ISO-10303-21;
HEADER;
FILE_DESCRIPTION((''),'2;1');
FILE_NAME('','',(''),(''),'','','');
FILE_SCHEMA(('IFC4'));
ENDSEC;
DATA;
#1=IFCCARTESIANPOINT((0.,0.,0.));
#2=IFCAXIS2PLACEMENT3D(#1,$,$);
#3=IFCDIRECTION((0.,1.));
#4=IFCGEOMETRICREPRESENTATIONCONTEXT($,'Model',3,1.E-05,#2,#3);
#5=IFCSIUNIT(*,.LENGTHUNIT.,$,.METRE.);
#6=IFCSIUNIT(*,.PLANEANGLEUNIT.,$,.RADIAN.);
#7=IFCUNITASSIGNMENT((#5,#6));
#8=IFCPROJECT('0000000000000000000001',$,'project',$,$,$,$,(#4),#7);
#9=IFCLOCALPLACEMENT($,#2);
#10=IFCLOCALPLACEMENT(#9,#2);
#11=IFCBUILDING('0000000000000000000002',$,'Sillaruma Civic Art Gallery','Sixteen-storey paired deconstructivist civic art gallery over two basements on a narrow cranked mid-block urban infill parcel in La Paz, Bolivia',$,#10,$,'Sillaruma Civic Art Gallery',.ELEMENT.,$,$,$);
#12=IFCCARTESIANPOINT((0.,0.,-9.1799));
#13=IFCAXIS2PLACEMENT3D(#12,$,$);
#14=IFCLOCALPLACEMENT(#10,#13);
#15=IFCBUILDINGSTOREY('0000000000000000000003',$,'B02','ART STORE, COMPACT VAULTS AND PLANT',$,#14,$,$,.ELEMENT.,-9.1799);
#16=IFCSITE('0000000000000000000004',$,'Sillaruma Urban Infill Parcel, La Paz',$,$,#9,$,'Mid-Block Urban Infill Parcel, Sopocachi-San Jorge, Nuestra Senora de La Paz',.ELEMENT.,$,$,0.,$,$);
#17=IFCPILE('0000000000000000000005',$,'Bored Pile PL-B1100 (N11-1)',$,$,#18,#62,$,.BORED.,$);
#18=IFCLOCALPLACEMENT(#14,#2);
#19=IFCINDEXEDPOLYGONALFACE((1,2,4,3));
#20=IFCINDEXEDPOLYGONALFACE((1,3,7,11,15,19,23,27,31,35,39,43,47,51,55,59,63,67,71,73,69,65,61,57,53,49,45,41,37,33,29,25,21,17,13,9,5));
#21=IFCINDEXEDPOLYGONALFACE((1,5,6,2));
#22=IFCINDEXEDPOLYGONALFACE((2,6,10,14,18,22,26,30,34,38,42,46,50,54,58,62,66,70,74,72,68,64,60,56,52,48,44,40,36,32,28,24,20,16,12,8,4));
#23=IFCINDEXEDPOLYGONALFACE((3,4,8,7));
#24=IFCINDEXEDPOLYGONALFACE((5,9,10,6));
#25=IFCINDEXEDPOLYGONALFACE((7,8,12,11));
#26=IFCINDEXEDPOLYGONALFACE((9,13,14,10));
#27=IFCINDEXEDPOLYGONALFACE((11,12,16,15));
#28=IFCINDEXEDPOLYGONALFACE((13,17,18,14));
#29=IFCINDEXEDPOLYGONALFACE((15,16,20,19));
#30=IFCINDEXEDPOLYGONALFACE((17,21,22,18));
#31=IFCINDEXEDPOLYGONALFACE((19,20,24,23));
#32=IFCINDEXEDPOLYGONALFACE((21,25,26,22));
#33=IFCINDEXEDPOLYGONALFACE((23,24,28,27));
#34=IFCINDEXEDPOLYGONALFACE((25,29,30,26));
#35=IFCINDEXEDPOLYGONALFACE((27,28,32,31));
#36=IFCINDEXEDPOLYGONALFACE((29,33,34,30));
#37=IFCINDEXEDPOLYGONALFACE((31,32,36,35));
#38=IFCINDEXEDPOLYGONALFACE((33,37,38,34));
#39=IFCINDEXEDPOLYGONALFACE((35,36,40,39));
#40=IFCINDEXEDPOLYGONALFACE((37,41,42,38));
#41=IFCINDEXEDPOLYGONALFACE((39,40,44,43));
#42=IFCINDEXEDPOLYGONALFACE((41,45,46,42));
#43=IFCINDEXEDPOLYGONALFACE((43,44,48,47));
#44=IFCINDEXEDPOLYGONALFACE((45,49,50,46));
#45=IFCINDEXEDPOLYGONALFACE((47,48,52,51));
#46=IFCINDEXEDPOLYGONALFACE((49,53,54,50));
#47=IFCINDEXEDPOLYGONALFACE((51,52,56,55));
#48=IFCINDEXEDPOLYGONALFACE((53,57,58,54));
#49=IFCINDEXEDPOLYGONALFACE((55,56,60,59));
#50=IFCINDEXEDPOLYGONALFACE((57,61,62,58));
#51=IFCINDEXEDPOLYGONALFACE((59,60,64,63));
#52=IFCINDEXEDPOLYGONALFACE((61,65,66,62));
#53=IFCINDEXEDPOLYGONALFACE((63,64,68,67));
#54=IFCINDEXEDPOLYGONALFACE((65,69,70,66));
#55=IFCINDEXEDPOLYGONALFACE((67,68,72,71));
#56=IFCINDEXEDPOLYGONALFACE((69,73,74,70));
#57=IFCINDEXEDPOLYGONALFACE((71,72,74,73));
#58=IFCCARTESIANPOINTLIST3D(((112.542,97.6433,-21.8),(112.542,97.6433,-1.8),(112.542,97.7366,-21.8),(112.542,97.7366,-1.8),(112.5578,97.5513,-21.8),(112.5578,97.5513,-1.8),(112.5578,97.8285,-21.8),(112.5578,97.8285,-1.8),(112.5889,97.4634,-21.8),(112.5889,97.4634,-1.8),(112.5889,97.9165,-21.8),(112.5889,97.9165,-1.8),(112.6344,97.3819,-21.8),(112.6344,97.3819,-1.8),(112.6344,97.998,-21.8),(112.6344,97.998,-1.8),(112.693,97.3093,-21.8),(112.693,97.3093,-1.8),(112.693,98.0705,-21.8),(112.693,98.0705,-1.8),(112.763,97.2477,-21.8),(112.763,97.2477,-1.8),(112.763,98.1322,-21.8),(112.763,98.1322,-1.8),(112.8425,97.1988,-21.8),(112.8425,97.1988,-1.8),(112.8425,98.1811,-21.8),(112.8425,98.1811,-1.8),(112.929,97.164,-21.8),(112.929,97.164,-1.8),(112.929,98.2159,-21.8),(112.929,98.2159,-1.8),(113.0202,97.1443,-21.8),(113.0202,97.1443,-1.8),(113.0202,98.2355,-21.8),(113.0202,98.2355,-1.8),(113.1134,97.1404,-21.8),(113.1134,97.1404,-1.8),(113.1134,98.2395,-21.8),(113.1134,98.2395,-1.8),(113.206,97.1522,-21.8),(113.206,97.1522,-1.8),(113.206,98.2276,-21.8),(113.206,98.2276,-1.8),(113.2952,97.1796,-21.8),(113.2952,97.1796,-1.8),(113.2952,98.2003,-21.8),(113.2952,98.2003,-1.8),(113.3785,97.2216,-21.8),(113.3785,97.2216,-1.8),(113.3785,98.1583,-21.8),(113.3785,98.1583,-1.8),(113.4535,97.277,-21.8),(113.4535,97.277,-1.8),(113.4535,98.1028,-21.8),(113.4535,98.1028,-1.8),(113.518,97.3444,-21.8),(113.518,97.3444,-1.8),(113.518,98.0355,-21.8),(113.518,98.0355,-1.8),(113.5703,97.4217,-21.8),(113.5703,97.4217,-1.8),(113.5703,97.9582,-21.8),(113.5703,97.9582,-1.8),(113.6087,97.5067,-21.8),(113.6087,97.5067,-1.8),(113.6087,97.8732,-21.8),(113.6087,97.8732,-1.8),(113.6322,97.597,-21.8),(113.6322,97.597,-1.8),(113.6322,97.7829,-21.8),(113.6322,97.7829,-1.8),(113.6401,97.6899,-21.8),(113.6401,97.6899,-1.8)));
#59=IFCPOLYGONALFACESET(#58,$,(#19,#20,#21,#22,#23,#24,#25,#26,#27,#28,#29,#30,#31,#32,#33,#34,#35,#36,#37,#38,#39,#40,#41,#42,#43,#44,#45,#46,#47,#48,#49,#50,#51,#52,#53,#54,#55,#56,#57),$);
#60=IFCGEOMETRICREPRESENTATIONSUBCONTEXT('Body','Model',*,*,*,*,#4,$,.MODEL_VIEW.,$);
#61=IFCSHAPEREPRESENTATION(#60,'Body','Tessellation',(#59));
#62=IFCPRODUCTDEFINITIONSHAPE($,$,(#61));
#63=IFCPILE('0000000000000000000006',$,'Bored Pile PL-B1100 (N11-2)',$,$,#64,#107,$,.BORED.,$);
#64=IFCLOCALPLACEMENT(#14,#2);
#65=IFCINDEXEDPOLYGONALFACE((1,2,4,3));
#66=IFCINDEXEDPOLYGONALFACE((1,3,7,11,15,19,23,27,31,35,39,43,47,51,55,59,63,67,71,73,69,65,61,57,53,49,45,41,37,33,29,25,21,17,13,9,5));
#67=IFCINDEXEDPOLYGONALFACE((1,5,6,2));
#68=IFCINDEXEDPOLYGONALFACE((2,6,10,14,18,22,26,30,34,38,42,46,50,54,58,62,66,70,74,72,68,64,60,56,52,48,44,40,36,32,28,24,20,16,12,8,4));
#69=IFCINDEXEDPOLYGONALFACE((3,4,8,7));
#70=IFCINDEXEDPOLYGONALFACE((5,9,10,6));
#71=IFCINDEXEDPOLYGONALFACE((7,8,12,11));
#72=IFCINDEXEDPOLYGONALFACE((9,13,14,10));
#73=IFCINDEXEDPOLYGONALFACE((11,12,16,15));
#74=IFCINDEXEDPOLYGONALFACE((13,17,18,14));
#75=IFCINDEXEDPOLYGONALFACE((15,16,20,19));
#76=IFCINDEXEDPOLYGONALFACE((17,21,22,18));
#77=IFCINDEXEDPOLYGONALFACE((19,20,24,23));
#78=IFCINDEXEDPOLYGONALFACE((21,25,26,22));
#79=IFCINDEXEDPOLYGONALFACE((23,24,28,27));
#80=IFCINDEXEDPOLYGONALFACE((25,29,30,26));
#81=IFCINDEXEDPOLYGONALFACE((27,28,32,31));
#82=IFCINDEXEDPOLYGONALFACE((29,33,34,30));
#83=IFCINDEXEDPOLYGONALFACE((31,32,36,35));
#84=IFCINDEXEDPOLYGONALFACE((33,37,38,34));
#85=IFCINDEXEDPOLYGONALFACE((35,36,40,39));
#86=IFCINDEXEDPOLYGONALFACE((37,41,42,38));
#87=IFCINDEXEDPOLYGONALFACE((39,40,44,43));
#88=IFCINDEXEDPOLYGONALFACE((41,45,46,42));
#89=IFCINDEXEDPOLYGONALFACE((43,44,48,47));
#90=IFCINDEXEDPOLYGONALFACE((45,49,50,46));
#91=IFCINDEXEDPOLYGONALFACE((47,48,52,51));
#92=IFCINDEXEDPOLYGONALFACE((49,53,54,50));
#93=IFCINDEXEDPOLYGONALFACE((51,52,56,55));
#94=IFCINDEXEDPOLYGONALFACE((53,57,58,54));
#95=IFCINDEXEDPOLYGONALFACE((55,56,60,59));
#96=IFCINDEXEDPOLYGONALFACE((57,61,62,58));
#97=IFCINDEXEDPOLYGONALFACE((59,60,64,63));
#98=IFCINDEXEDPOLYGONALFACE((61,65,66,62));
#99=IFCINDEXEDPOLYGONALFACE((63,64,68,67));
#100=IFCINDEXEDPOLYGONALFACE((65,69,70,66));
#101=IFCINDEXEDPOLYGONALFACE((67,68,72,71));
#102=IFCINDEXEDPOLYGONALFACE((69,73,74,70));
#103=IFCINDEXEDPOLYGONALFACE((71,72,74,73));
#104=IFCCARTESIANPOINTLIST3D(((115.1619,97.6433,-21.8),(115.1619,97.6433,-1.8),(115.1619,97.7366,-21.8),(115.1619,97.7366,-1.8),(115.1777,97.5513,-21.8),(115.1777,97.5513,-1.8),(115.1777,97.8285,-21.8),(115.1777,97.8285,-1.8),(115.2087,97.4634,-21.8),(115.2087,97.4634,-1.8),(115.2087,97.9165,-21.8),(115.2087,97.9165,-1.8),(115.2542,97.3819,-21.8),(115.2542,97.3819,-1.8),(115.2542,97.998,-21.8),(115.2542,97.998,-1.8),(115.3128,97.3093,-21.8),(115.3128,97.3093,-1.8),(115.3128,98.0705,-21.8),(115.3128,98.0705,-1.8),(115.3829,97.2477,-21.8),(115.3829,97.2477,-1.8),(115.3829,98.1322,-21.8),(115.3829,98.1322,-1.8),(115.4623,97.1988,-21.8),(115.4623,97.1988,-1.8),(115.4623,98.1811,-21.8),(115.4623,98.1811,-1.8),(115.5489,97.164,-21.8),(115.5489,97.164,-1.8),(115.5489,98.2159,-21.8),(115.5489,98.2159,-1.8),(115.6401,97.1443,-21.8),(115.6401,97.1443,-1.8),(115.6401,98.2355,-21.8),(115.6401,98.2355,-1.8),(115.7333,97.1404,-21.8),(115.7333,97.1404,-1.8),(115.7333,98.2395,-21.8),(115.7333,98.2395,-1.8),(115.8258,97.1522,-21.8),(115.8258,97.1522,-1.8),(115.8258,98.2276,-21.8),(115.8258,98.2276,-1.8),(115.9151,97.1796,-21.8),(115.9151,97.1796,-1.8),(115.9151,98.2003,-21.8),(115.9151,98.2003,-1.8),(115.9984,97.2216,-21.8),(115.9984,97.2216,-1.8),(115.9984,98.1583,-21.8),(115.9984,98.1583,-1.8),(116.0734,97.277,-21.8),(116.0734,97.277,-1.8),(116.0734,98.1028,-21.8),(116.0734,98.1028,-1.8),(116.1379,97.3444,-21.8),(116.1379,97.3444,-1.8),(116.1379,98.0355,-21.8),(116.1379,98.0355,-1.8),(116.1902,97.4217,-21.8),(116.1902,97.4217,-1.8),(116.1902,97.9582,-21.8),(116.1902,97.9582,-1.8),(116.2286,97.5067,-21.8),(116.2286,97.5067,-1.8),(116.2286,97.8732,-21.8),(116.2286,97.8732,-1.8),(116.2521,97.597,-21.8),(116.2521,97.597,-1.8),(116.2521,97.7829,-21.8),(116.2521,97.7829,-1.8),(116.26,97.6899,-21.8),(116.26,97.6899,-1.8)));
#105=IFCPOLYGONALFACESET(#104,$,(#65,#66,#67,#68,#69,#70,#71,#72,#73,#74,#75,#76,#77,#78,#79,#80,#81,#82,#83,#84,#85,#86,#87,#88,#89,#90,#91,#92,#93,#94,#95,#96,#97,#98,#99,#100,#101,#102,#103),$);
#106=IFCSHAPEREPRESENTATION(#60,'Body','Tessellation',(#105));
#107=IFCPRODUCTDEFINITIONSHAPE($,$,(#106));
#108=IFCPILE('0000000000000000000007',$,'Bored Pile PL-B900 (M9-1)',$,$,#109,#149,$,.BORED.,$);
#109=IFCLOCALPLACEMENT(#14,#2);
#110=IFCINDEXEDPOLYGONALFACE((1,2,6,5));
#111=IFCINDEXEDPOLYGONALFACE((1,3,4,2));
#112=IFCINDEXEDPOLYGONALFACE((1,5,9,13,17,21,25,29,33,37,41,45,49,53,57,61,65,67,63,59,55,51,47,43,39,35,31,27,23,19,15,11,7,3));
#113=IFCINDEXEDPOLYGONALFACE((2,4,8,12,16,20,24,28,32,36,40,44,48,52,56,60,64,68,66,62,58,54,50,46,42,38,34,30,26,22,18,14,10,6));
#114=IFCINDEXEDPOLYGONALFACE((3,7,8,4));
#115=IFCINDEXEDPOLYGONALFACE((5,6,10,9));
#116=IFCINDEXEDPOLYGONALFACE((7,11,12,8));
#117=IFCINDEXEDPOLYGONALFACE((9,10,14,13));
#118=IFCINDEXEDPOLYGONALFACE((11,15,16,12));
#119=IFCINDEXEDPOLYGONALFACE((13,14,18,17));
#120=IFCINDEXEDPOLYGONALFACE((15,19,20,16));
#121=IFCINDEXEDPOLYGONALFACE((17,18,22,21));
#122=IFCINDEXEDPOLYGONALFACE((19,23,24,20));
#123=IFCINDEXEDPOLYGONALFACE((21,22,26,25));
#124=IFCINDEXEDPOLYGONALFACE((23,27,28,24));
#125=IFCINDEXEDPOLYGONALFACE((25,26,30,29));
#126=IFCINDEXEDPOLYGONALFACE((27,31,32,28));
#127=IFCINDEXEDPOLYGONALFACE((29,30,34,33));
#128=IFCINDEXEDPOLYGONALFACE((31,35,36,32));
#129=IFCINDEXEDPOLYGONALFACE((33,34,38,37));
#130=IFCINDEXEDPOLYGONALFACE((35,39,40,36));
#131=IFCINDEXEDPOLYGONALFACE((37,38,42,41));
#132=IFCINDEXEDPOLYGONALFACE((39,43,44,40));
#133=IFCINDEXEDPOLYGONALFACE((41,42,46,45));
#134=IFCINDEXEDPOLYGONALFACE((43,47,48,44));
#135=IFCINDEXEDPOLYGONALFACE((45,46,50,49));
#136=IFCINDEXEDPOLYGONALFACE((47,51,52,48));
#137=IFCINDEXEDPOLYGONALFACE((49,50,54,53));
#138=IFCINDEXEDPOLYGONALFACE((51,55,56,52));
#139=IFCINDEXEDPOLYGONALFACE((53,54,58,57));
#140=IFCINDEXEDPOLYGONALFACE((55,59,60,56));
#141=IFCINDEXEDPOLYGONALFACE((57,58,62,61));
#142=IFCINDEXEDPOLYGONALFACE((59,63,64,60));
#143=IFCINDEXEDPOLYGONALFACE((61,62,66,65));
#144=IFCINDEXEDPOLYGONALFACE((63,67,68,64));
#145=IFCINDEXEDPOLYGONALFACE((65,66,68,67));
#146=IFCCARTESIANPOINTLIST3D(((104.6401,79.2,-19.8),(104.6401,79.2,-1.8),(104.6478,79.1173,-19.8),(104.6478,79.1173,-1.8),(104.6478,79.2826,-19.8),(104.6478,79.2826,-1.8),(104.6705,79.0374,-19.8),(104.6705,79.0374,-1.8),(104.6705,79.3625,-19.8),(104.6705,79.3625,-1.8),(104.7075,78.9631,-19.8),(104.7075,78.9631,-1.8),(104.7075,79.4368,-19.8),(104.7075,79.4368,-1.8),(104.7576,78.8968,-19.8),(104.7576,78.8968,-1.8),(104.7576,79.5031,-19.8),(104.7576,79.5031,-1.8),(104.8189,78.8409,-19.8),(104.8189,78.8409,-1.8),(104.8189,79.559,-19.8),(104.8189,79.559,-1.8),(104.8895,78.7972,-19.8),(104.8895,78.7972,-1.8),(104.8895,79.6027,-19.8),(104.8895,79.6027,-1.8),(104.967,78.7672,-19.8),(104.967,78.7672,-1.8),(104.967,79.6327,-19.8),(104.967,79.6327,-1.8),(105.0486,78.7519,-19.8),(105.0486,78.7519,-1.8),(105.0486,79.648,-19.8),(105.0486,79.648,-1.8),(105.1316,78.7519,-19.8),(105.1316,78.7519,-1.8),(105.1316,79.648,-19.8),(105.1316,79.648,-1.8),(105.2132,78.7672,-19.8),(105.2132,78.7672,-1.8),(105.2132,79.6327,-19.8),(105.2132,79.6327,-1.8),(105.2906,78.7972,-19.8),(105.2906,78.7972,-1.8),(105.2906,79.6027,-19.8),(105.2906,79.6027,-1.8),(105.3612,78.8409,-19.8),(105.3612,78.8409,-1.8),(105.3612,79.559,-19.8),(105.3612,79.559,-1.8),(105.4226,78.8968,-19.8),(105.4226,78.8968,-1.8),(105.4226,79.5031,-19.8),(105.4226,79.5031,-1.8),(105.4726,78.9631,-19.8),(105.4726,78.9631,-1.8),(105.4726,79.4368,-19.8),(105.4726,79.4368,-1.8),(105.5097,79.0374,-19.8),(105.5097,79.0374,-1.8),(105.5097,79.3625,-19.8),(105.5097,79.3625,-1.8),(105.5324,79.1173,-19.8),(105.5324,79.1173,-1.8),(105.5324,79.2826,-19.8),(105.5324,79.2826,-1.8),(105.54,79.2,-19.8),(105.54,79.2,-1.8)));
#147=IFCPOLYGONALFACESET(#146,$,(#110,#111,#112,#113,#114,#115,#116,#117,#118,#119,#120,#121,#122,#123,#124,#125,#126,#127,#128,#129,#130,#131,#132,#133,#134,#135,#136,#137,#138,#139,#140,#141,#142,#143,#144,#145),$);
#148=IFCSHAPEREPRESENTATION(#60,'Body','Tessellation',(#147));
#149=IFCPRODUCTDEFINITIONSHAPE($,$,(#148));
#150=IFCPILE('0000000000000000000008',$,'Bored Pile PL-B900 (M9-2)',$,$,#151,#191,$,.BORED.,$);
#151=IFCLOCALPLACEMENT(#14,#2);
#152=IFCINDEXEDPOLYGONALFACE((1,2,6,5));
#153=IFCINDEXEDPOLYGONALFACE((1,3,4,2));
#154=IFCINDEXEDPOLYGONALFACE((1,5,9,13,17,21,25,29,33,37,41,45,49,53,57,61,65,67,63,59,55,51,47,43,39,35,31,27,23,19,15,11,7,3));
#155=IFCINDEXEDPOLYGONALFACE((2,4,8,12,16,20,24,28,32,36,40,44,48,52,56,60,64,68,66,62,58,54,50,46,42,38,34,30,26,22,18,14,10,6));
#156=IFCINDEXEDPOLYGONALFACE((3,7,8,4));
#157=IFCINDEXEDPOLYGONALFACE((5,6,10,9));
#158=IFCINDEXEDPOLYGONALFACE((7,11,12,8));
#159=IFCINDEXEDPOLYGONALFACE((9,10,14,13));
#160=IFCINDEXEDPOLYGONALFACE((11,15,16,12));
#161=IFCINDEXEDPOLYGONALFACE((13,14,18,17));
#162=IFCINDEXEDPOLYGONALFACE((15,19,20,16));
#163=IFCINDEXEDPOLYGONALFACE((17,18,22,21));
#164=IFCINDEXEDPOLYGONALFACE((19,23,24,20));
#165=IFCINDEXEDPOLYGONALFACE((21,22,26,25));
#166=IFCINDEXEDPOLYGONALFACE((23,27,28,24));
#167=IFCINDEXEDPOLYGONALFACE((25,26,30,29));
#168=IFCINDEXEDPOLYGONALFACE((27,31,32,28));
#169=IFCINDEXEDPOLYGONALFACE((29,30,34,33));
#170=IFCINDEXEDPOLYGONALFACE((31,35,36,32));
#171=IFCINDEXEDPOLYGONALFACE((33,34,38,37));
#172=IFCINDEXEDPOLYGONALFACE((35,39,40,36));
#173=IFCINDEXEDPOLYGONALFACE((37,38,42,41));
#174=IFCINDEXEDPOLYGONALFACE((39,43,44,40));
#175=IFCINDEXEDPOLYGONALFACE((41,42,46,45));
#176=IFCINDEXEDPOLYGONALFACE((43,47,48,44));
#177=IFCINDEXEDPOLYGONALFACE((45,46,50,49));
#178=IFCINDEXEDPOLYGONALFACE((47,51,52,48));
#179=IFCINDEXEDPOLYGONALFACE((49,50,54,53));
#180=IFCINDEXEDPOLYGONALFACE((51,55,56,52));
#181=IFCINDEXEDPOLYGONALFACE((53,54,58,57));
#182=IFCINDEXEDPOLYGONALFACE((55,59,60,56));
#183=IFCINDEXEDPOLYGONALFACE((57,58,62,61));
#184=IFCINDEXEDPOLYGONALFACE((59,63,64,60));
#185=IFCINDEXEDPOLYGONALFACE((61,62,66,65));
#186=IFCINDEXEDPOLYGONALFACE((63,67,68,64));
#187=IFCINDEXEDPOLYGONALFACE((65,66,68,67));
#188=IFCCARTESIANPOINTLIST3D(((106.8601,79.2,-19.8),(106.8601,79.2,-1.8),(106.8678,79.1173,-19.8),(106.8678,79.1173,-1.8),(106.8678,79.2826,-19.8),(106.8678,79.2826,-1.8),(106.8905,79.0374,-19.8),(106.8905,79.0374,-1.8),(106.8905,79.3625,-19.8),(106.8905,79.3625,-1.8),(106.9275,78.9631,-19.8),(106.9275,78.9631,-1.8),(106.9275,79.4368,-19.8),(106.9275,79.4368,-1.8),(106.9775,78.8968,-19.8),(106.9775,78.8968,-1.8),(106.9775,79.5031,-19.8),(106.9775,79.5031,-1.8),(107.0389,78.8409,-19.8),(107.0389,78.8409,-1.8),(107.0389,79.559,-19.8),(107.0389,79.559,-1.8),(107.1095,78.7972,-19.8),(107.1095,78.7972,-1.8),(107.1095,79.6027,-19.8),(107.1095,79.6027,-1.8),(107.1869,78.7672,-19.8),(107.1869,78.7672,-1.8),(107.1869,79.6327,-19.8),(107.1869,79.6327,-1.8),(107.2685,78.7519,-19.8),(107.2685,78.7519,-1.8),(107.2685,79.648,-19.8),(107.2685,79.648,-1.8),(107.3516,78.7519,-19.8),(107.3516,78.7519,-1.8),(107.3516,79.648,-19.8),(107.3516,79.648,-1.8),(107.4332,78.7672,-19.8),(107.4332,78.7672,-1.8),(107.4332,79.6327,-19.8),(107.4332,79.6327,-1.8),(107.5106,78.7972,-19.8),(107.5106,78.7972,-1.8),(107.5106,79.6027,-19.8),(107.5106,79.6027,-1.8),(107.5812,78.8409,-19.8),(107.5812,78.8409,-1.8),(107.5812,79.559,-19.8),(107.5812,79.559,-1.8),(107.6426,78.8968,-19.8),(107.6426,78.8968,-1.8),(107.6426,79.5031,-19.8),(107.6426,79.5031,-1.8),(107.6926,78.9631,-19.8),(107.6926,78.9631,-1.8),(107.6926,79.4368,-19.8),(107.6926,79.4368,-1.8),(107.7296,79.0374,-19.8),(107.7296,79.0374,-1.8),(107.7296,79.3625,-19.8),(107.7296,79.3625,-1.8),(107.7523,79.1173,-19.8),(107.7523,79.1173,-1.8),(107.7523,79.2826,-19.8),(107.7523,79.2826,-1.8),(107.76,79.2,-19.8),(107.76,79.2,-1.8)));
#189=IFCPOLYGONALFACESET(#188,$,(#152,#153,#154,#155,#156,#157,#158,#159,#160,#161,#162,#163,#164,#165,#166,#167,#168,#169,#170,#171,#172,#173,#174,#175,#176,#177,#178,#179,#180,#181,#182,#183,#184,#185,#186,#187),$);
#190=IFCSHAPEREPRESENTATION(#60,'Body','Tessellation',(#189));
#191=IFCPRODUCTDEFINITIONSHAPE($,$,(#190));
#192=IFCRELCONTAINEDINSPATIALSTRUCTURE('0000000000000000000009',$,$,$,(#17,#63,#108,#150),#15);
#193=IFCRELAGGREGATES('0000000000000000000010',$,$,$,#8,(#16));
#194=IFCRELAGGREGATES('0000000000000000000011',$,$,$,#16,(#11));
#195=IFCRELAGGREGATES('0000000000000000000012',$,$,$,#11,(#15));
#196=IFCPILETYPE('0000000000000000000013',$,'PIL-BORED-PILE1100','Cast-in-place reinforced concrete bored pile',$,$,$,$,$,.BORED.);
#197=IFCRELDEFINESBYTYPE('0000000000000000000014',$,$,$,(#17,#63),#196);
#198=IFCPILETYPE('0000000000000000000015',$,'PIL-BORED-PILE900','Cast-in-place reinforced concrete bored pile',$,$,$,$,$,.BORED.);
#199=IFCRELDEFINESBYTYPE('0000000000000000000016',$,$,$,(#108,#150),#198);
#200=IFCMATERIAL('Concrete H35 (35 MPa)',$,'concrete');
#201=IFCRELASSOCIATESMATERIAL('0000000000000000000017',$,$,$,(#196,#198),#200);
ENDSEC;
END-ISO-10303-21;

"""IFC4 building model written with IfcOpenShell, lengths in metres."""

from ifc_helpers import new_model, si_unit, direction, frame, origin, origin_2d, place, context, subcontext, project, spatial, circle, extrude, material, material_profile, profile_set, type_object, element, save


model = new_model("IFC4")

# Units and contexts
model_context = context("Model", 3, precision=1e-05, world=origin(), true_north=direction((0.0, 1.0)))
body_context = subcontext(model_context, "Body", "Model", "MODEL_VIEW")
ifc_project = project(units=[si_unit("LENGTHUNIT", "METRE"), si_unit("PLANEANGLEUNIT", "RADIAN")], contexts=[model_context])

# Site, building, storey
site_placement = place(None, origin())
site = spatial("IfcSite", under=ifc_project, at=site_placement, Name="Sillaruma Urban Infill Parcel, La Paz", LongName="Mid-Block Urban Infill Parcel, Sopocachi-San Jorge, Nuestra Senora de La Paz", CompositionType="ELEMENT", RefElevation=0.0)
building_placement = place(site_placement, origin())
building = spatial("IfcBuilding", under=site, at=building_placement, Name="Sillaruma Civic Art Gallery", Description="Sixteen-storey paired deconstructivist civic art gallery over two basements on a narrow cranked mid-block urban infill parcel in La Paz, Bolivia", LongName="Sillaruma Civic Art Gallery", CompositionType="ELEMENT")
storey_placement = place(building_placement, frame((0.0, 0.0, -9.1799)))
storey = spatial("IfcBuildingStorey", under=building, at=storey_placement, Name="B02", Description="ART STORE, COMPACT VAULTS AND PLANT", CompositionType="ELEMENT", Elevation=-9.1799)

# Shared definitions
ifc_material_1 = material(Name="Concrete H35 (35 MPa)", Category="concrete")

# Piles
ifc_material_profile_1 = material_profile(ifc_material_1, circle(Radius=0.55, at=origin_2d()), Name="PILE1100")
ifc_profile_set_1 = profile_set([ifc_material_profile_1], Name="Concrete H35 (35 MPa)")
pile_type_1 = type_object("IfcPileType", Name="PIL-BORED-PILE1100", Description="Cast-in-place reinforced concrete bored pile", PredefinedType="BORED", material=ifc_profile_set_1)
for number, where, z_axis, x_axis, name in (
    (1, (113.0901, 97.6899, -1.8), (0.0, 0.0, -1.0), (1.0, 0.0, 0.0), "Bored Pile PL-B1100 (N11-1)"),
    (2, (115.71, 97.6899, -1.8), (0.0, 0.0, -1.0), (1.0, 0.0, 0.0), "Bored Pile PL-B1100 (N11-2)"),
):
    element("IfcPile", number, at=place(storey_placement, frame(where, z_axis=z_axis, x_axis=x_axis)), inside=storey, type_object=pile_type_1, Name=name, PredefinedType="BORED", context=body_context, shape_type="SweptSolid", body=[
        extrude(circle(Radius=0.55, at=origin_2d()), origin(), (0.0, 0.0, 1.0), 20.0),
    ])
ifc_material_profile_2 = material_profile(ifc_material_1, circle(Radius=0.45, at=origin_2d()), Name="PILE900")
ifc_profile_set_2 = profile_set([ifc_material_profile_2], Name="Concrete H35 (35 MPa)")
pile_type_2 = type_object("IfcPileType", Name="PIL-BORED-PILE900", Description="Cast-in-place reinforced concrete bored pile", PredefinedType="BORED", material=ifc_profile_set_2)
for number, where, z_axis, x_axis, name in (
    (3, (105.0901, 79.2, -1.8), (0.0, 0.0, -1.0), (1.0, 0.0, 0.0), "Bored Pile PL-B900 (M9-1)"),
    (4, (107.3101, 79.2, -1.8), (0.0, 0.0, -1.0), (1.0, 0.0, 0.0), "Bored Pile PL-B900 (M9-2)"),
):
    element("IfcPile", number, at=place(storey_placement, frame(where, z_axis=z_axis, x_axis=x_axis)), inside=storey, type_object=pile_type_2, Name=name, PredefinedType="BORED", context=body_context, shape_type="SweptSolid", body=[
        extrude(circle(Radius=0.45, at=origin_2d()), origin(), (0.0, 0.0, 1.0), 18.0),
    ])

save(model, "model.ifc")
